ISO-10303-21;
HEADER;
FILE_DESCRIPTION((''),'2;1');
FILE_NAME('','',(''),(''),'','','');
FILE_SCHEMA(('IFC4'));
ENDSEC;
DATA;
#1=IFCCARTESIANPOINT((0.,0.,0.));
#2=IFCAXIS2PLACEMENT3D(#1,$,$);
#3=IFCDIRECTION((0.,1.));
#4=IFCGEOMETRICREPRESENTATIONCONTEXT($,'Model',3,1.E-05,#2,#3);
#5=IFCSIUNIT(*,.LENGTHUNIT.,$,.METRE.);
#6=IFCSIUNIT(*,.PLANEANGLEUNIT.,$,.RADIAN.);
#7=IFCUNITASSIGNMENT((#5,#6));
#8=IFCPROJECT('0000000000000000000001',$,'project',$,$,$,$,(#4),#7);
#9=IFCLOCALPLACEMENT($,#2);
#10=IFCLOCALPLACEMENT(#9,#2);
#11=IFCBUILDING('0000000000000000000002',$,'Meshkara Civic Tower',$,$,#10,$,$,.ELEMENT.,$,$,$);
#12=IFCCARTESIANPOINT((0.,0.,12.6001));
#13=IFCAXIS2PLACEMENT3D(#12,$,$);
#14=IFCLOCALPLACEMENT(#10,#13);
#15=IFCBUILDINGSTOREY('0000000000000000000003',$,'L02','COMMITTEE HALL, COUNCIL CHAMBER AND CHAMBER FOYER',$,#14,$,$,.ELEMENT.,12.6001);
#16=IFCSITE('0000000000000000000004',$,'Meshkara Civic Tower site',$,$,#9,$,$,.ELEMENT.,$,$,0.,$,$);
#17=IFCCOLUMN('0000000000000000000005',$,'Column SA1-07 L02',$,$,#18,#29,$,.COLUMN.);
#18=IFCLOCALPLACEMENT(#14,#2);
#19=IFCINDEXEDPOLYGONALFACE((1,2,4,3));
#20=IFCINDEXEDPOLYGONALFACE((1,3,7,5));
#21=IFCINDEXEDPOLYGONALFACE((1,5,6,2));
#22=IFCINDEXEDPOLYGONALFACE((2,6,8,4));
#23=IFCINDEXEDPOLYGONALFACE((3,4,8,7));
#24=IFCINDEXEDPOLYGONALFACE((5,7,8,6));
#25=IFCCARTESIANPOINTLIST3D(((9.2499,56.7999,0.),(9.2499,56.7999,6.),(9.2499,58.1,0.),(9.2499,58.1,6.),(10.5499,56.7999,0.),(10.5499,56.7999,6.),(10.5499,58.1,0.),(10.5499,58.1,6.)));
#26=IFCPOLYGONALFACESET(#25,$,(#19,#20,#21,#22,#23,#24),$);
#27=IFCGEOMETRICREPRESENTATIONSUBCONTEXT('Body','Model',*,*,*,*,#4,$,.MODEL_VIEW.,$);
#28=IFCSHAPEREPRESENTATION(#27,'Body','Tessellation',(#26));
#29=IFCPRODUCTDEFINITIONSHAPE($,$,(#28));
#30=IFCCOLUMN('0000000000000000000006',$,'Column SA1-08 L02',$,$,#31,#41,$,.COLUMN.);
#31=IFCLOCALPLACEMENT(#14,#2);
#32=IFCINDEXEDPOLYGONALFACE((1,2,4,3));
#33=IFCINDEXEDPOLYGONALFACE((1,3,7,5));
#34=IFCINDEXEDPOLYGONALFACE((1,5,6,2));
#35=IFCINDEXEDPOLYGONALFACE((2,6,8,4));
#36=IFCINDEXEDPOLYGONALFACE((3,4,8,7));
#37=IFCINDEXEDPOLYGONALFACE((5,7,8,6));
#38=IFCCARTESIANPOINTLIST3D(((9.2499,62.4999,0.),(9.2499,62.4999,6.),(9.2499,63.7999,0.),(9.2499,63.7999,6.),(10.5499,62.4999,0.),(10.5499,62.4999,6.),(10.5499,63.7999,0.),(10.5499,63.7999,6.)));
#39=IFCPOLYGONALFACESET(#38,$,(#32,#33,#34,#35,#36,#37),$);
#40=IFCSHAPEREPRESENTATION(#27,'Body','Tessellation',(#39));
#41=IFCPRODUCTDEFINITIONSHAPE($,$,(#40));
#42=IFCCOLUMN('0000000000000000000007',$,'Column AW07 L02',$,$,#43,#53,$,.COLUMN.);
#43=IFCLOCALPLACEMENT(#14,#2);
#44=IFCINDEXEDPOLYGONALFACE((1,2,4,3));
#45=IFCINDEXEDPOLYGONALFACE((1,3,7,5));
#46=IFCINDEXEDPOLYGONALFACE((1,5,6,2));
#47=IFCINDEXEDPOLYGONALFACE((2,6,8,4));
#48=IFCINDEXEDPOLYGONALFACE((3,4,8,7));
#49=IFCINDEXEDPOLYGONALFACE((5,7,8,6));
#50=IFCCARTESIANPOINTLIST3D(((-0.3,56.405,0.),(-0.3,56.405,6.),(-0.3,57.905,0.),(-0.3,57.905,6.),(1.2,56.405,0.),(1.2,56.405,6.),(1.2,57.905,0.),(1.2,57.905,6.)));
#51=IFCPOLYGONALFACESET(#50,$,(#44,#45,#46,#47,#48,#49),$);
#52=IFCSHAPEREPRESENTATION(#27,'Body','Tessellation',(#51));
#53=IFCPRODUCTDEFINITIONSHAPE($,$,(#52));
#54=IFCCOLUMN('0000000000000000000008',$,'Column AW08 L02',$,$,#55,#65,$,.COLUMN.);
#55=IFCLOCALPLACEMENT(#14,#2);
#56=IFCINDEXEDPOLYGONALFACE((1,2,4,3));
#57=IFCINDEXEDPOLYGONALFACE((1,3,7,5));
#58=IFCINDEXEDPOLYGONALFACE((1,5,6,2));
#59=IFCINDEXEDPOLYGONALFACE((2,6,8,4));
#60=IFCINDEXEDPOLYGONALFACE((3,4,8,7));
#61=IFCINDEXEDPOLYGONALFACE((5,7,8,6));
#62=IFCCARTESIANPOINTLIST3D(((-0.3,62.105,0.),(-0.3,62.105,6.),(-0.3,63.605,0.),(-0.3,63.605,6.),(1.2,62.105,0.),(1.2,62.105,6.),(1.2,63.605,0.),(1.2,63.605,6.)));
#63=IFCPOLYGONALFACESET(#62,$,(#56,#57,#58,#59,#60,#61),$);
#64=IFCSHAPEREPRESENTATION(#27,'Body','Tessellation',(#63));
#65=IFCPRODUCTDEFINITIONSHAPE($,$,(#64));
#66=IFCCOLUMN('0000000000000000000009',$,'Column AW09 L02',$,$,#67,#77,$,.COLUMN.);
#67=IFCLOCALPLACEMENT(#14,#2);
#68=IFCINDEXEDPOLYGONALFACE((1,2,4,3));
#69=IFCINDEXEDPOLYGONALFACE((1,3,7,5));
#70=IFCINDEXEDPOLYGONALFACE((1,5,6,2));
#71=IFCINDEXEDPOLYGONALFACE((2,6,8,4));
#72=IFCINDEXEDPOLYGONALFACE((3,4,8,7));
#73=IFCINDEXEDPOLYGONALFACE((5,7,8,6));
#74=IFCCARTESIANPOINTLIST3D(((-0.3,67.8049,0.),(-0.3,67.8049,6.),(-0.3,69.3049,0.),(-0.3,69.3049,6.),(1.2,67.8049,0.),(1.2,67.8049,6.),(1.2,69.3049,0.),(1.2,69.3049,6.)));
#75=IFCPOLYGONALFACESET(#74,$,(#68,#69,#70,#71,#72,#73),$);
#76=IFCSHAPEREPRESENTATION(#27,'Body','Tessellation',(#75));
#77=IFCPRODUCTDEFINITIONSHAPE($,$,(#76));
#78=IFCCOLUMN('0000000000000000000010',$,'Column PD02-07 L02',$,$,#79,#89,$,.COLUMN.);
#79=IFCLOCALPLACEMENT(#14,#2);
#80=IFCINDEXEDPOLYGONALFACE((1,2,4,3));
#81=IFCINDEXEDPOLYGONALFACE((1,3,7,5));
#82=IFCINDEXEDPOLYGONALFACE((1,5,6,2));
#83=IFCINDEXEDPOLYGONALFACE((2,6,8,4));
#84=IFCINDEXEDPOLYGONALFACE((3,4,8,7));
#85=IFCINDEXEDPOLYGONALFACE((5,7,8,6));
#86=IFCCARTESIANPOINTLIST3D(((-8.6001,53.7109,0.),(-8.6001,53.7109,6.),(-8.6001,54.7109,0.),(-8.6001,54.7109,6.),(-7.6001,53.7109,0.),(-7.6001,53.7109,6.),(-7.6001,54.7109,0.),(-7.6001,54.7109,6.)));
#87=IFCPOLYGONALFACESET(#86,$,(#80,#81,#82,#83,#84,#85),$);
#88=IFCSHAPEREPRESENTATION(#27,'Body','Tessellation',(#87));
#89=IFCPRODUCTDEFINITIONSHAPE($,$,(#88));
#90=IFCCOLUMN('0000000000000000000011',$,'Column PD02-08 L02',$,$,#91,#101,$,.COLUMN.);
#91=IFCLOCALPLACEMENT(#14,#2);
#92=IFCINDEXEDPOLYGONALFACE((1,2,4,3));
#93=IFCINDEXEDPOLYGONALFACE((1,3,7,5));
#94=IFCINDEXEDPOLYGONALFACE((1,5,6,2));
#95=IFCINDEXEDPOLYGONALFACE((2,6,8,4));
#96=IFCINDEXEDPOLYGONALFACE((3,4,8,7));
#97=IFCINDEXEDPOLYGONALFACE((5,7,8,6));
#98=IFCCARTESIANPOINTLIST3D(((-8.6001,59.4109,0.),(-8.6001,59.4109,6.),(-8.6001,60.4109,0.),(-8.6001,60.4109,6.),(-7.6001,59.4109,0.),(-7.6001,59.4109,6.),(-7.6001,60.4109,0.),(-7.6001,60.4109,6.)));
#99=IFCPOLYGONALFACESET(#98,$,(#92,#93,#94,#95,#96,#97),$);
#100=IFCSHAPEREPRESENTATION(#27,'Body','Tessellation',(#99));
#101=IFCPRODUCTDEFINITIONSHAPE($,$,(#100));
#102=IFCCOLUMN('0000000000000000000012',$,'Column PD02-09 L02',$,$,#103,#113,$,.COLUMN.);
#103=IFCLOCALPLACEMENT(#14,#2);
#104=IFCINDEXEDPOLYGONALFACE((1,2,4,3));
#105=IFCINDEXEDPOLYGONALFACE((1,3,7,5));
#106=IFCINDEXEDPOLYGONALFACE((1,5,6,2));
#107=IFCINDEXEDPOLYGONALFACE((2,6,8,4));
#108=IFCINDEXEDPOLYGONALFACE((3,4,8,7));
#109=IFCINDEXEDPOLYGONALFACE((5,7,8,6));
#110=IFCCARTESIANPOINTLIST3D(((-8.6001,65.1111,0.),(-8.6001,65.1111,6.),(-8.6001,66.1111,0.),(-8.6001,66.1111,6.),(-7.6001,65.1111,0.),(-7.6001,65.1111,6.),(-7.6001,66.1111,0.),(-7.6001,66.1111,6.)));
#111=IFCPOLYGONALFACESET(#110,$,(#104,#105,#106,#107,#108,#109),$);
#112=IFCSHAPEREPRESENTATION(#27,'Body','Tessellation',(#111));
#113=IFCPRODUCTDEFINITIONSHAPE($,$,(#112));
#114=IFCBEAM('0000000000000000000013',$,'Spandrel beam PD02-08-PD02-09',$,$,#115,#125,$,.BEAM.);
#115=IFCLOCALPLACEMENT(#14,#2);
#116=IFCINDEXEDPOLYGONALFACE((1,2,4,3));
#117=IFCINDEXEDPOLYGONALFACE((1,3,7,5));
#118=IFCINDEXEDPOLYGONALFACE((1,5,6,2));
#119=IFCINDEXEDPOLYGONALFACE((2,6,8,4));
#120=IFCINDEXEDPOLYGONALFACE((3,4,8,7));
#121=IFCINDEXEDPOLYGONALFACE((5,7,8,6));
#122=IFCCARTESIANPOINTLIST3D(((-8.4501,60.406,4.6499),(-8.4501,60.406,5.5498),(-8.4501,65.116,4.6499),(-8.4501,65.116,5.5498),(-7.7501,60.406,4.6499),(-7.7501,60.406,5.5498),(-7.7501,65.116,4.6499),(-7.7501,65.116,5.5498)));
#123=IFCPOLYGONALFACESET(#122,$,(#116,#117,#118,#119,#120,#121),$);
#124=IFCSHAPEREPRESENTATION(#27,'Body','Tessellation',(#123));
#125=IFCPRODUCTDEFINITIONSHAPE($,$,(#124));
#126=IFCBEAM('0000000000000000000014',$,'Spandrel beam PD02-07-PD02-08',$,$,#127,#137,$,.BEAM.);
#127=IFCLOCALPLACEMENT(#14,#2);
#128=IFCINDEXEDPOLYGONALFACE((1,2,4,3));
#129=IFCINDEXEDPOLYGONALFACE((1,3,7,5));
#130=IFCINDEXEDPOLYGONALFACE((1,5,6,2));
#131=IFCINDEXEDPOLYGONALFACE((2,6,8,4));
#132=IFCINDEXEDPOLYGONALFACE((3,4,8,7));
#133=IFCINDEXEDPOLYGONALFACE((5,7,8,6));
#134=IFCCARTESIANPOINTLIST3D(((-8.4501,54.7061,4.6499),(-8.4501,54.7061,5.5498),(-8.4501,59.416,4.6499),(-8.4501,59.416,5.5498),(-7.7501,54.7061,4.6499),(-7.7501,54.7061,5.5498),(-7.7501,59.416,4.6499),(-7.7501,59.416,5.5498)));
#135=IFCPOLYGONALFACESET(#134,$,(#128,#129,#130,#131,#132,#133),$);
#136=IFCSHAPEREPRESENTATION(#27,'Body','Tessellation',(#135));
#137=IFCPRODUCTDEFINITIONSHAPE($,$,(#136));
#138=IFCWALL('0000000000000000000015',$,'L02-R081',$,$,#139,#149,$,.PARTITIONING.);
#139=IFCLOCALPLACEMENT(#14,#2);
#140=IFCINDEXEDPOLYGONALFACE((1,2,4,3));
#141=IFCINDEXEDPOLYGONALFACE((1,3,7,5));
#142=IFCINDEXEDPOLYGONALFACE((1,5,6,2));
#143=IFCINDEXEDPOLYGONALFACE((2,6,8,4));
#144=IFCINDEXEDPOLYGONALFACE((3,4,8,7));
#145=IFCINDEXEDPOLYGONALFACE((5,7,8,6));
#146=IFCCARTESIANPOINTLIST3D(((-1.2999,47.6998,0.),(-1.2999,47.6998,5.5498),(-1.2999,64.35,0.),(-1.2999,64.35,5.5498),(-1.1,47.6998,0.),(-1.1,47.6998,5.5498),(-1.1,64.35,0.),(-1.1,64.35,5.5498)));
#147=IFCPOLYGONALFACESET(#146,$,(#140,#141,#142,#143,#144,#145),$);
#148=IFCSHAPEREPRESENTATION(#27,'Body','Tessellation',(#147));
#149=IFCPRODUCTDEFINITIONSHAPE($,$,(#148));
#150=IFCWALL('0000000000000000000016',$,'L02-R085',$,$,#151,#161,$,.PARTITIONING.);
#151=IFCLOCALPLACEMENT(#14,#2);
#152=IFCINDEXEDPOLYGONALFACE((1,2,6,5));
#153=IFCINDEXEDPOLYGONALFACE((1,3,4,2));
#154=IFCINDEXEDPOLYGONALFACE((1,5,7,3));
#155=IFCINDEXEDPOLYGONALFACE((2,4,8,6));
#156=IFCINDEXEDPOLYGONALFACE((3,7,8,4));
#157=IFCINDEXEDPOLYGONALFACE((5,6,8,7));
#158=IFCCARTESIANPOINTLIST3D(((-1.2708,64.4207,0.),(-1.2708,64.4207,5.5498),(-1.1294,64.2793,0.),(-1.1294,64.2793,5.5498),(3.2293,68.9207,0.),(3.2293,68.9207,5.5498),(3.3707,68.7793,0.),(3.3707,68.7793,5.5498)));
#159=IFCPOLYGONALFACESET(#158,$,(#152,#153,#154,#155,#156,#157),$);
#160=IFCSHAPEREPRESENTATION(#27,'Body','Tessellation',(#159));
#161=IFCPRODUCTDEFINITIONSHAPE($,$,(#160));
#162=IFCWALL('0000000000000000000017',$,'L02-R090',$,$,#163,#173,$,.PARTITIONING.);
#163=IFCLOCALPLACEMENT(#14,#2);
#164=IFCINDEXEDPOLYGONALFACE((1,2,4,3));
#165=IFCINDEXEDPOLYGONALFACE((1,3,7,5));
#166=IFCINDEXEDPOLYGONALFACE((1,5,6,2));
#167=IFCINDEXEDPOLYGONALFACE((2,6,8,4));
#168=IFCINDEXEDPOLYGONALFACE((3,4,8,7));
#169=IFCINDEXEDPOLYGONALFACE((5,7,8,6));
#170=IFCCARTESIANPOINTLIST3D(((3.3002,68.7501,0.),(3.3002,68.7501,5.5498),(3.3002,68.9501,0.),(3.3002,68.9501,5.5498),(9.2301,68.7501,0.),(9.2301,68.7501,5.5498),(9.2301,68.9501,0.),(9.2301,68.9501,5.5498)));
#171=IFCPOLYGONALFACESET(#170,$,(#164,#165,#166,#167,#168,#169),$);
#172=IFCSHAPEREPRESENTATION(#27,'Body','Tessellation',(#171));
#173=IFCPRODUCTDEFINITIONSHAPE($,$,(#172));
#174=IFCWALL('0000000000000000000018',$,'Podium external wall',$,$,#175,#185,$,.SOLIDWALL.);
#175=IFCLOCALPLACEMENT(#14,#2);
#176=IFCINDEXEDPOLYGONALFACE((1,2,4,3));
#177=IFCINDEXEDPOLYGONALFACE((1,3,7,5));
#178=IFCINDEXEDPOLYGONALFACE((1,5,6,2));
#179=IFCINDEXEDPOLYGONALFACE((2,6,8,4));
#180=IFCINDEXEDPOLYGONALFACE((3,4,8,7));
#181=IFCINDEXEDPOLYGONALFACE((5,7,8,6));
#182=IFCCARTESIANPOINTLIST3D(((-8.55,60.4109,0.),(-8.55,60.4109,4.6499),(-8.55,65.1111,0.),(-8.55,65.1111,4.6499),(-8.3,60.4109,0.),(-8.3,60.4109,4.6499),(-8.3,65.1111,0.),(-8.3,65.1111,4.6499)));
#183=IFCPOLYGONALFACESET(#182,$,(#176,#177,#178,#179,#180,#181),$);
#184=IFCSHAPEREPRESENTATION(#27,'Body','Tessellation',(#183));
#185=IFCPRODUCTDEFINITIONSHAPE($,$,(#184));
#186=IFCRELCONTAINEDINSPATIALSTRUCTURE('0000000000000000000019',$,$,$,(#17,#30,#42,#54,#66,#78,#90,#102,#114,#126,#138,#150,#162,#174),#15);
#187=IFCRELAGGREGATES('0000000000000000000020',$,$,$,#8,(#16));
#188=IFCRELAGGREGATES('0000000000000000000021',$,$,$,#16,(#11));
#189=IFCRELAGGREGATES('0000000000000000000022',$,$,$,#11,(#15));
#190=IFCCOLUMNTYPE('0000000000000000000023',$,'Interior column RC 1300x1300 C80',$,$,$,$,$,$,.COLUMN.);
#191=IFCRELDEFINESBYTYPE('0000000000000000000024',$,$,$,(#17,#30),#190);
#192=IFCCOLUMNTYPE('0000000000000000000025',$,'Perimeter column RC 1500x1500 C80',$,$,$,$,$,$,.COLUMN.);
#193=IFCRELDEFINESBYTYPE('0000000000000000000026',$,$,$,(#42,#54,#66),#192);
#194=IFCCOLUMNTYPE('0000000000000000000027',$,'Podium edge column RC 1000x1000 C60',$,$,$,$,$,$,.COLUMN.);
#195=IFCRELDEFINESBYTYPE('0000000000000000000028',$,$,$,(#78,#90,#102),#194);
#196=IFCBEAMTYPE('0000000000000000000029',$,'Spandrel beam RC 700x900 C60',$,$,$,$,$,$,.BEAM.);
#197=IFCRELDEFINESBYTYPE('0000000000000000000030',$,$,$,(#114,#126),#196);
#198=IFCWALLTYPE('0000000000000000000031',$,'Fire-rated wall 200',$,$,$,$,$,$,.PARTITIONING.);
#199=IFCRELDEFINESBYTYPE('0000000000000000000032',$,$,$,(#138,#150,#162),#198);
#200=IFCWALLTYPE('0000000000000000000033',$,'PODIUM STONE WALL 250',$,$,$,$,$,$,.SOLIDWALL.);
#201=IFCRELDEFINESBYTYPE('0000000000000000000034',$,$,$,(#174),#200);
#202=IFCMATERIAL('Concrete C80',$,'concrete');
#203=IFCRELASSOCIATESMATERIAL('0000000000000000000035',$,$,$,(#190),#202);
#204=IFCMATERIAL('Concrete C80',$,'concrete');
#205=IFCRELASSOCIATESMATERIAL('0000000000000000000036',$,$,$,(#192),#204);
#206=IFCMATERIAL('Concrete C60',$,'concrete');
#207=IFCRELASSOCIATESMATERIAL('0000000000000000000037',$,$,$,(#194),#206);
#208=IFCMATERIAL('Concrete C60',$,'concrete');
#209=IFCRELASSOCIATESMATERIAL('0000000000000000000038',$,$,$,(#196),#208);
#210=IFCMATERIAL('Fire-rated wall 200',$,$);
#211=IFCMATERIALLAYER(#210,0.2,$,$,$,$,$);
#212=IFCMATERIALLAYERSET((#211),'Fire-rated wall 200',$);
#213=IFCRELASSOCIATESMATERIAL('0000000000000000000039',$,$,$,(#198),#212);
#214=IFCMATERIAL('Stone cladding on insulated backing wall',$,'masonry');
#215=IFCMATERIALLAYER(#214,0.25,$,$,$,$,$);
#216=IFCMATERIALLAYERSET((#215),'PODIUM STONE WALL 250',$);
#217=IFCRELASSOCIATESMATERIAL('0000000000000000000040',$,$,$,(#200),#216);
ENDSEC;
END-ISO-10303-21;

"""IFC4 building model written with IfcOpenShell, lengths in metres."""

from ifc_helpers import new_model, si_unit, direction, frame, frame_2d, origin, origin_2d, place, context, subcontext, project, spatial, rectangle, extrude, material, layer, layer_set, material_profile, profile_set, type_object, element, save


model = new_model("IFC4")

# Units and contexts
model_context = context("Model", 3, precision=1e-05, world=origin(), true_north=direction((0.0, 1.0)))
body_context = subcontext(model_context, "Body", "Model", "MODEL_VIEW")
ifc_project = project(units=[si_unit("LENGTHUNIT", "METRE"), si_unit("PLANEANGLEUNIT", "RADIAN")], contexts=[model_context])

# Site, building, storey
site_placement = place(None, origin())
site = spatial("IfcSite", under=ifc_project, at=site_placement, Name="Meshkara Civic Tower site", CompositionType="ELEMENT", RefElevation=0.0)
building_placement = place(site_placement, origin())
building = spatial("IfcBuilding", under=site, at=building_placement, Name="Meshkara Civic Tower", CompositionType="ELEMENT")
storey_placement = place(building_placement, frame((0.0, 0.0, 12.6001)))
storey = spatial("IfcBuildingStorey", under=building, at=storey_placement, Name="L02", Description="COMMITTEE HALL, COUNCIL CHAMBER AND CHAMBER FOYER", CompositionType="ELEMENT", Elevation=12.6001)

# Columns
ifc_material_1 = material(Name="Concrete C80", Category="concrete")
ifc_material_profile_1 = material_profile(ifc_material_1, rectangle(XDim=1.3, YDim=1.3, at=origin_2d()))
ifc_profile_set_1 = profile_set([ifc_material_profile_1], Name="Concrete C80")
column_type_1 = type_object("IfcColumnType", Name="Interior column RC 1300x1300 C80", PredefinedType="COLUMN", material=ifc_profile_set_1)
for number, where, z_axis, x_axis, name in (
    (1, (9.8999, 57.45, 0.0), (0.0, 0.0, 1.0), (1.0, 0.0, 0.0), "Column SA1-07 L02"),
    (2, (9.8999, 63.1499, 0.0), (0.0, 0.0, 1.0), (1.0, 0.0, 0.0), "Column SA1-08 L02"),
):
    element("IfcColumn", number, at=place(storey_placement, frame(where, z_axis=z_axis, x_axis=x_axis)), inside=storey, type_object=column_type_1, Name=name, PredefinedType="COLUMN", context=body_context, shape_type="SweptSolid", body=[
        extrude(rectangle(XDim=1.3, YDim=1.3, at=origin_2d()), origin(), (0.0, 0.0, 1.0), 6.0),
    ])
ifc_material_2 = material(Name="Concrete C80", Category="concrete")
ifc_material_profile_2 = material_profile(ifc_material_2, rectangle(XDim=1.5, YDim=1.5, at=origin_2d()))
ifc_profile_set_2 = profile_set([ifc_material_profile_2], Name="Concrete C80")
column_type_2 = type_object("IfcColumnType", Name="Perimeter column RC 1500x1500 C80", PredefinedType="COLUMN", material=ifc_profile_set_2)
for number, where, z_axis, x_axis, name in (
    (3, (0.45, 57.155, 0.0), (0.0, 0.0, 1.0), (1.0, 0.0, 0.0), "Column AW07 L02"),
    (4, (0.45, 62.855, 0.0), (0.0, 0.0, 1.0), (1.0, 0.0, 0.0), "Column AW08 L02"),
    (5, (0.45, 68.5549, 0.0), (0.0, 0.0, 1.0), (1.0, 0.0, 0.0), "Column AW09 L02"),
):
    element("IfcColumn", number, at=place(storey_placement, frame(where, z_axis=z_axis, x_axis=x_axis)), inside=storey, type_object=column_type_2, Name=name, PredefinedType="COLUMN", context=body_context, shape_type="SweptSolid", body=[
        extrude(rectangle(XDim=1.5, YDim=1.5, at=origin_2d()), origin(), (0.0, 0.0, 1.0), 6.0),
    ])
ifc_material_3 = material(Name="Concrete C60", Category="concrete")
ifc_material_profile_3 = material_profile(ifc_material_3, rectangle(XDim=1.0, YDim=1.0, at=origin_2d()))
ifc_profile_set_3 = profile_set([ifc_material_profile_3], Name="Concrete C60")
column_type_3 = type_object("IfcColumnType", Name="Podium edge column RC 1000x1000 C60", PredefinedType="COLUMN", material=ifc_profile_set_3)
for number, where, z_axis, x_axis, name in (
    (6, (-8.1001, 54.2109, 0.0), (0.0, 0.0, 1.0), (1.0, 0.0, 0.0), "Column PD02-07 L02"),
    (7, (-8.1001, 59.9109, 0.0), (0.0, 0.0, 1.0), (1.0, 0.0, 0.0), "Column PD02-08 L02"),
    (8, (-8.1001, 65.6111, 0.0), (0.0, 0.0, 1.0), (1.0, 0.0, 0.0), "Column PD02-09 L02"),
):
    element("IfcColumn", number, at=place(storey_placement, frame(where, z_axis=z_axis, x_axis=x_axis)), inside=storey, type_object=column_type_3, Name=name, PredefinedType="COLUMN", context=body_context, shape_type="SweptSolid", body=[
        extrude(rectangle(XDim=1.0, YDim=1.0, at=origin_2d()), origin(), (0.0, 0.0, 1.0), 6.0),
    ])

# Beams
ifc_material_4 = material(Name="Concrete C60", Category="concrete")
ifc_material_profile_4 = material_profile(ifc_material_4, rectangle(XDim=0.7, YDim=0.8999, at=origin_2d()))
ifc_profile_set_4 = profile_set([ifc_material_profile_4], Name="Concrete C60")
beam_type = type_object("IfcBeamType", Name="Spandrel beam RC 700x900 C60", PredefinedType="BEAM", material=ifc_profile_set_4)
for number, where, z_axis, x_axis, name in (
    (9, (-8.1001, 65.116, 5.0999), (0.0, -1.0, 0.0), (1.0, 0.0, 0.0), "Spandrel beam PD02-08-PD02-09"),
    (10, (-8.1001, 59.416, 5.0999), (0.0, -1.0, 0.0), (1.0, 0.0, 0.0), "Spandrel beam PD02-07-PD02-08"),
):
    element("IfcBeam", number, at=place(storey_placement, frame(where, z_axis=z_axis, x_axis=x_axis)), inside=storey, type_object=beam_type, Name=name, PredefinedType="BEAM", context=body_context, shape_type="SweptSolid", body=[
        extrude(rectangle(XDim=0.7, YDim=0.8999, at=origin_2d()), origin(), (0.0, 0.0, 1.0), 4.71),
    ])

# Walls
ifc_material_5 = material(Name="Fire-rated wall 200")
ifc_layer_1 = layer(ifc_material_5, 0.2)
ifc_layer_set_1 = layer_set([ifc_layer_1], Name="Fire-rated wall 200")
wall_type_1 = type_object("IfcWallType", Name="Fire-rated wall 200", PredefinedType="PARTITIONING", material=ifc_layer_set_1)
wall_1_placement = place(storey_placement, frame((-1.2, 64.3501, 0.0), z_axis=(0.0, 0.0, 1.0), x_axis=(0.0, -1.0, 0.0)))
element("IfcWall", 11, at=wall_1_placement, inside=storey, type_object=wall_type_1, Name="L02-R081", PredefinedType="PARTITIONING", context=body_context, shape_type="SweptSolid", body=[
    extrude(rectangle(XDim=16.6501, YDim=0.2, at=frame_2d((8.3252, 0.0))), origin(), (0.0, 0.0, 1.0), 5.5498),
])
wall_2_placement = place(storey_placement, frame((3.3, 68.8501, 0.0), z_axis=(0.0, 0.0, 1.0), x_axis=(-0.707107, -0.707107, 0.0)))
element("IfcWall", 12, at=wall_2_placement, inside=storey, type_object=wall_type_1, Name="L02-R085", PredefinedType="PARTITIONING", context=body_context, shape_type="SweptSolid", body=[
    extrude(rectangle(XDim=6.364, YDim=0.2, at=frame_2d((3.1821, 0.0))), origin(), (0.0, 0.0, 1.0), 5.5498),
])
wall_3_placement = place(storey_placement, frame((9.23, 68.8501, 0.0), z_axis=(0.0, 0.0, 1.0), x_axis=(-1.0, 0.0, 0.0)))
element("IfcWall", 13, at=wall_3_placement, inside=storey, type_object=wall_type_1, Name="L02-R090", PredefinedType="PARTITIONING", context=body_context, shape_type="SweptSolid", body=[
    extrude(rectangle(XDim=5.9299, YDim=0.2, at=frame_2d((2.9648, 0.0))), origin(), (0.0, 0.0, 1.0), 5.5498),
])
ifc_material_6 = material(Name="Stone cladding on insulated backing wall", Category="masonry")
ifc_layer_2 = layer(ifc_material_6, 0.25)
ifc_layer_set_2 = layer_set([ifc_layer_2], Name="PODIUM STONE WALL 250")
wall_type_2 = type_object("IfcWallType", Name="PODIUM STONE WALL 250", PredefinedType="SOLIDWALL", material=ifc_layer_set_2)
wall_4_placement = place(storey_placement, frame((-8.425, 65.1111, 0.0), z_axis=(0.0, 0.0, 1.0), x_axis=(0.0, -1.0, 0.0)))
element("IfcWall", 14, at=wall_4_placement, inside=storey, type_object=wall_type_2, Name="Podium external wall", PredefinedType="SOLIDWALL", context=body_context, shape_type="SweptSolid", body=[
    extrude(rectangle(XDim=4.7002, YDim=0.25, at=frame_2d((2.3501, 0.0))), origin(), (0.0, 0.0, 1.0), 4.6499),
])

save(model, "model.ifc")
